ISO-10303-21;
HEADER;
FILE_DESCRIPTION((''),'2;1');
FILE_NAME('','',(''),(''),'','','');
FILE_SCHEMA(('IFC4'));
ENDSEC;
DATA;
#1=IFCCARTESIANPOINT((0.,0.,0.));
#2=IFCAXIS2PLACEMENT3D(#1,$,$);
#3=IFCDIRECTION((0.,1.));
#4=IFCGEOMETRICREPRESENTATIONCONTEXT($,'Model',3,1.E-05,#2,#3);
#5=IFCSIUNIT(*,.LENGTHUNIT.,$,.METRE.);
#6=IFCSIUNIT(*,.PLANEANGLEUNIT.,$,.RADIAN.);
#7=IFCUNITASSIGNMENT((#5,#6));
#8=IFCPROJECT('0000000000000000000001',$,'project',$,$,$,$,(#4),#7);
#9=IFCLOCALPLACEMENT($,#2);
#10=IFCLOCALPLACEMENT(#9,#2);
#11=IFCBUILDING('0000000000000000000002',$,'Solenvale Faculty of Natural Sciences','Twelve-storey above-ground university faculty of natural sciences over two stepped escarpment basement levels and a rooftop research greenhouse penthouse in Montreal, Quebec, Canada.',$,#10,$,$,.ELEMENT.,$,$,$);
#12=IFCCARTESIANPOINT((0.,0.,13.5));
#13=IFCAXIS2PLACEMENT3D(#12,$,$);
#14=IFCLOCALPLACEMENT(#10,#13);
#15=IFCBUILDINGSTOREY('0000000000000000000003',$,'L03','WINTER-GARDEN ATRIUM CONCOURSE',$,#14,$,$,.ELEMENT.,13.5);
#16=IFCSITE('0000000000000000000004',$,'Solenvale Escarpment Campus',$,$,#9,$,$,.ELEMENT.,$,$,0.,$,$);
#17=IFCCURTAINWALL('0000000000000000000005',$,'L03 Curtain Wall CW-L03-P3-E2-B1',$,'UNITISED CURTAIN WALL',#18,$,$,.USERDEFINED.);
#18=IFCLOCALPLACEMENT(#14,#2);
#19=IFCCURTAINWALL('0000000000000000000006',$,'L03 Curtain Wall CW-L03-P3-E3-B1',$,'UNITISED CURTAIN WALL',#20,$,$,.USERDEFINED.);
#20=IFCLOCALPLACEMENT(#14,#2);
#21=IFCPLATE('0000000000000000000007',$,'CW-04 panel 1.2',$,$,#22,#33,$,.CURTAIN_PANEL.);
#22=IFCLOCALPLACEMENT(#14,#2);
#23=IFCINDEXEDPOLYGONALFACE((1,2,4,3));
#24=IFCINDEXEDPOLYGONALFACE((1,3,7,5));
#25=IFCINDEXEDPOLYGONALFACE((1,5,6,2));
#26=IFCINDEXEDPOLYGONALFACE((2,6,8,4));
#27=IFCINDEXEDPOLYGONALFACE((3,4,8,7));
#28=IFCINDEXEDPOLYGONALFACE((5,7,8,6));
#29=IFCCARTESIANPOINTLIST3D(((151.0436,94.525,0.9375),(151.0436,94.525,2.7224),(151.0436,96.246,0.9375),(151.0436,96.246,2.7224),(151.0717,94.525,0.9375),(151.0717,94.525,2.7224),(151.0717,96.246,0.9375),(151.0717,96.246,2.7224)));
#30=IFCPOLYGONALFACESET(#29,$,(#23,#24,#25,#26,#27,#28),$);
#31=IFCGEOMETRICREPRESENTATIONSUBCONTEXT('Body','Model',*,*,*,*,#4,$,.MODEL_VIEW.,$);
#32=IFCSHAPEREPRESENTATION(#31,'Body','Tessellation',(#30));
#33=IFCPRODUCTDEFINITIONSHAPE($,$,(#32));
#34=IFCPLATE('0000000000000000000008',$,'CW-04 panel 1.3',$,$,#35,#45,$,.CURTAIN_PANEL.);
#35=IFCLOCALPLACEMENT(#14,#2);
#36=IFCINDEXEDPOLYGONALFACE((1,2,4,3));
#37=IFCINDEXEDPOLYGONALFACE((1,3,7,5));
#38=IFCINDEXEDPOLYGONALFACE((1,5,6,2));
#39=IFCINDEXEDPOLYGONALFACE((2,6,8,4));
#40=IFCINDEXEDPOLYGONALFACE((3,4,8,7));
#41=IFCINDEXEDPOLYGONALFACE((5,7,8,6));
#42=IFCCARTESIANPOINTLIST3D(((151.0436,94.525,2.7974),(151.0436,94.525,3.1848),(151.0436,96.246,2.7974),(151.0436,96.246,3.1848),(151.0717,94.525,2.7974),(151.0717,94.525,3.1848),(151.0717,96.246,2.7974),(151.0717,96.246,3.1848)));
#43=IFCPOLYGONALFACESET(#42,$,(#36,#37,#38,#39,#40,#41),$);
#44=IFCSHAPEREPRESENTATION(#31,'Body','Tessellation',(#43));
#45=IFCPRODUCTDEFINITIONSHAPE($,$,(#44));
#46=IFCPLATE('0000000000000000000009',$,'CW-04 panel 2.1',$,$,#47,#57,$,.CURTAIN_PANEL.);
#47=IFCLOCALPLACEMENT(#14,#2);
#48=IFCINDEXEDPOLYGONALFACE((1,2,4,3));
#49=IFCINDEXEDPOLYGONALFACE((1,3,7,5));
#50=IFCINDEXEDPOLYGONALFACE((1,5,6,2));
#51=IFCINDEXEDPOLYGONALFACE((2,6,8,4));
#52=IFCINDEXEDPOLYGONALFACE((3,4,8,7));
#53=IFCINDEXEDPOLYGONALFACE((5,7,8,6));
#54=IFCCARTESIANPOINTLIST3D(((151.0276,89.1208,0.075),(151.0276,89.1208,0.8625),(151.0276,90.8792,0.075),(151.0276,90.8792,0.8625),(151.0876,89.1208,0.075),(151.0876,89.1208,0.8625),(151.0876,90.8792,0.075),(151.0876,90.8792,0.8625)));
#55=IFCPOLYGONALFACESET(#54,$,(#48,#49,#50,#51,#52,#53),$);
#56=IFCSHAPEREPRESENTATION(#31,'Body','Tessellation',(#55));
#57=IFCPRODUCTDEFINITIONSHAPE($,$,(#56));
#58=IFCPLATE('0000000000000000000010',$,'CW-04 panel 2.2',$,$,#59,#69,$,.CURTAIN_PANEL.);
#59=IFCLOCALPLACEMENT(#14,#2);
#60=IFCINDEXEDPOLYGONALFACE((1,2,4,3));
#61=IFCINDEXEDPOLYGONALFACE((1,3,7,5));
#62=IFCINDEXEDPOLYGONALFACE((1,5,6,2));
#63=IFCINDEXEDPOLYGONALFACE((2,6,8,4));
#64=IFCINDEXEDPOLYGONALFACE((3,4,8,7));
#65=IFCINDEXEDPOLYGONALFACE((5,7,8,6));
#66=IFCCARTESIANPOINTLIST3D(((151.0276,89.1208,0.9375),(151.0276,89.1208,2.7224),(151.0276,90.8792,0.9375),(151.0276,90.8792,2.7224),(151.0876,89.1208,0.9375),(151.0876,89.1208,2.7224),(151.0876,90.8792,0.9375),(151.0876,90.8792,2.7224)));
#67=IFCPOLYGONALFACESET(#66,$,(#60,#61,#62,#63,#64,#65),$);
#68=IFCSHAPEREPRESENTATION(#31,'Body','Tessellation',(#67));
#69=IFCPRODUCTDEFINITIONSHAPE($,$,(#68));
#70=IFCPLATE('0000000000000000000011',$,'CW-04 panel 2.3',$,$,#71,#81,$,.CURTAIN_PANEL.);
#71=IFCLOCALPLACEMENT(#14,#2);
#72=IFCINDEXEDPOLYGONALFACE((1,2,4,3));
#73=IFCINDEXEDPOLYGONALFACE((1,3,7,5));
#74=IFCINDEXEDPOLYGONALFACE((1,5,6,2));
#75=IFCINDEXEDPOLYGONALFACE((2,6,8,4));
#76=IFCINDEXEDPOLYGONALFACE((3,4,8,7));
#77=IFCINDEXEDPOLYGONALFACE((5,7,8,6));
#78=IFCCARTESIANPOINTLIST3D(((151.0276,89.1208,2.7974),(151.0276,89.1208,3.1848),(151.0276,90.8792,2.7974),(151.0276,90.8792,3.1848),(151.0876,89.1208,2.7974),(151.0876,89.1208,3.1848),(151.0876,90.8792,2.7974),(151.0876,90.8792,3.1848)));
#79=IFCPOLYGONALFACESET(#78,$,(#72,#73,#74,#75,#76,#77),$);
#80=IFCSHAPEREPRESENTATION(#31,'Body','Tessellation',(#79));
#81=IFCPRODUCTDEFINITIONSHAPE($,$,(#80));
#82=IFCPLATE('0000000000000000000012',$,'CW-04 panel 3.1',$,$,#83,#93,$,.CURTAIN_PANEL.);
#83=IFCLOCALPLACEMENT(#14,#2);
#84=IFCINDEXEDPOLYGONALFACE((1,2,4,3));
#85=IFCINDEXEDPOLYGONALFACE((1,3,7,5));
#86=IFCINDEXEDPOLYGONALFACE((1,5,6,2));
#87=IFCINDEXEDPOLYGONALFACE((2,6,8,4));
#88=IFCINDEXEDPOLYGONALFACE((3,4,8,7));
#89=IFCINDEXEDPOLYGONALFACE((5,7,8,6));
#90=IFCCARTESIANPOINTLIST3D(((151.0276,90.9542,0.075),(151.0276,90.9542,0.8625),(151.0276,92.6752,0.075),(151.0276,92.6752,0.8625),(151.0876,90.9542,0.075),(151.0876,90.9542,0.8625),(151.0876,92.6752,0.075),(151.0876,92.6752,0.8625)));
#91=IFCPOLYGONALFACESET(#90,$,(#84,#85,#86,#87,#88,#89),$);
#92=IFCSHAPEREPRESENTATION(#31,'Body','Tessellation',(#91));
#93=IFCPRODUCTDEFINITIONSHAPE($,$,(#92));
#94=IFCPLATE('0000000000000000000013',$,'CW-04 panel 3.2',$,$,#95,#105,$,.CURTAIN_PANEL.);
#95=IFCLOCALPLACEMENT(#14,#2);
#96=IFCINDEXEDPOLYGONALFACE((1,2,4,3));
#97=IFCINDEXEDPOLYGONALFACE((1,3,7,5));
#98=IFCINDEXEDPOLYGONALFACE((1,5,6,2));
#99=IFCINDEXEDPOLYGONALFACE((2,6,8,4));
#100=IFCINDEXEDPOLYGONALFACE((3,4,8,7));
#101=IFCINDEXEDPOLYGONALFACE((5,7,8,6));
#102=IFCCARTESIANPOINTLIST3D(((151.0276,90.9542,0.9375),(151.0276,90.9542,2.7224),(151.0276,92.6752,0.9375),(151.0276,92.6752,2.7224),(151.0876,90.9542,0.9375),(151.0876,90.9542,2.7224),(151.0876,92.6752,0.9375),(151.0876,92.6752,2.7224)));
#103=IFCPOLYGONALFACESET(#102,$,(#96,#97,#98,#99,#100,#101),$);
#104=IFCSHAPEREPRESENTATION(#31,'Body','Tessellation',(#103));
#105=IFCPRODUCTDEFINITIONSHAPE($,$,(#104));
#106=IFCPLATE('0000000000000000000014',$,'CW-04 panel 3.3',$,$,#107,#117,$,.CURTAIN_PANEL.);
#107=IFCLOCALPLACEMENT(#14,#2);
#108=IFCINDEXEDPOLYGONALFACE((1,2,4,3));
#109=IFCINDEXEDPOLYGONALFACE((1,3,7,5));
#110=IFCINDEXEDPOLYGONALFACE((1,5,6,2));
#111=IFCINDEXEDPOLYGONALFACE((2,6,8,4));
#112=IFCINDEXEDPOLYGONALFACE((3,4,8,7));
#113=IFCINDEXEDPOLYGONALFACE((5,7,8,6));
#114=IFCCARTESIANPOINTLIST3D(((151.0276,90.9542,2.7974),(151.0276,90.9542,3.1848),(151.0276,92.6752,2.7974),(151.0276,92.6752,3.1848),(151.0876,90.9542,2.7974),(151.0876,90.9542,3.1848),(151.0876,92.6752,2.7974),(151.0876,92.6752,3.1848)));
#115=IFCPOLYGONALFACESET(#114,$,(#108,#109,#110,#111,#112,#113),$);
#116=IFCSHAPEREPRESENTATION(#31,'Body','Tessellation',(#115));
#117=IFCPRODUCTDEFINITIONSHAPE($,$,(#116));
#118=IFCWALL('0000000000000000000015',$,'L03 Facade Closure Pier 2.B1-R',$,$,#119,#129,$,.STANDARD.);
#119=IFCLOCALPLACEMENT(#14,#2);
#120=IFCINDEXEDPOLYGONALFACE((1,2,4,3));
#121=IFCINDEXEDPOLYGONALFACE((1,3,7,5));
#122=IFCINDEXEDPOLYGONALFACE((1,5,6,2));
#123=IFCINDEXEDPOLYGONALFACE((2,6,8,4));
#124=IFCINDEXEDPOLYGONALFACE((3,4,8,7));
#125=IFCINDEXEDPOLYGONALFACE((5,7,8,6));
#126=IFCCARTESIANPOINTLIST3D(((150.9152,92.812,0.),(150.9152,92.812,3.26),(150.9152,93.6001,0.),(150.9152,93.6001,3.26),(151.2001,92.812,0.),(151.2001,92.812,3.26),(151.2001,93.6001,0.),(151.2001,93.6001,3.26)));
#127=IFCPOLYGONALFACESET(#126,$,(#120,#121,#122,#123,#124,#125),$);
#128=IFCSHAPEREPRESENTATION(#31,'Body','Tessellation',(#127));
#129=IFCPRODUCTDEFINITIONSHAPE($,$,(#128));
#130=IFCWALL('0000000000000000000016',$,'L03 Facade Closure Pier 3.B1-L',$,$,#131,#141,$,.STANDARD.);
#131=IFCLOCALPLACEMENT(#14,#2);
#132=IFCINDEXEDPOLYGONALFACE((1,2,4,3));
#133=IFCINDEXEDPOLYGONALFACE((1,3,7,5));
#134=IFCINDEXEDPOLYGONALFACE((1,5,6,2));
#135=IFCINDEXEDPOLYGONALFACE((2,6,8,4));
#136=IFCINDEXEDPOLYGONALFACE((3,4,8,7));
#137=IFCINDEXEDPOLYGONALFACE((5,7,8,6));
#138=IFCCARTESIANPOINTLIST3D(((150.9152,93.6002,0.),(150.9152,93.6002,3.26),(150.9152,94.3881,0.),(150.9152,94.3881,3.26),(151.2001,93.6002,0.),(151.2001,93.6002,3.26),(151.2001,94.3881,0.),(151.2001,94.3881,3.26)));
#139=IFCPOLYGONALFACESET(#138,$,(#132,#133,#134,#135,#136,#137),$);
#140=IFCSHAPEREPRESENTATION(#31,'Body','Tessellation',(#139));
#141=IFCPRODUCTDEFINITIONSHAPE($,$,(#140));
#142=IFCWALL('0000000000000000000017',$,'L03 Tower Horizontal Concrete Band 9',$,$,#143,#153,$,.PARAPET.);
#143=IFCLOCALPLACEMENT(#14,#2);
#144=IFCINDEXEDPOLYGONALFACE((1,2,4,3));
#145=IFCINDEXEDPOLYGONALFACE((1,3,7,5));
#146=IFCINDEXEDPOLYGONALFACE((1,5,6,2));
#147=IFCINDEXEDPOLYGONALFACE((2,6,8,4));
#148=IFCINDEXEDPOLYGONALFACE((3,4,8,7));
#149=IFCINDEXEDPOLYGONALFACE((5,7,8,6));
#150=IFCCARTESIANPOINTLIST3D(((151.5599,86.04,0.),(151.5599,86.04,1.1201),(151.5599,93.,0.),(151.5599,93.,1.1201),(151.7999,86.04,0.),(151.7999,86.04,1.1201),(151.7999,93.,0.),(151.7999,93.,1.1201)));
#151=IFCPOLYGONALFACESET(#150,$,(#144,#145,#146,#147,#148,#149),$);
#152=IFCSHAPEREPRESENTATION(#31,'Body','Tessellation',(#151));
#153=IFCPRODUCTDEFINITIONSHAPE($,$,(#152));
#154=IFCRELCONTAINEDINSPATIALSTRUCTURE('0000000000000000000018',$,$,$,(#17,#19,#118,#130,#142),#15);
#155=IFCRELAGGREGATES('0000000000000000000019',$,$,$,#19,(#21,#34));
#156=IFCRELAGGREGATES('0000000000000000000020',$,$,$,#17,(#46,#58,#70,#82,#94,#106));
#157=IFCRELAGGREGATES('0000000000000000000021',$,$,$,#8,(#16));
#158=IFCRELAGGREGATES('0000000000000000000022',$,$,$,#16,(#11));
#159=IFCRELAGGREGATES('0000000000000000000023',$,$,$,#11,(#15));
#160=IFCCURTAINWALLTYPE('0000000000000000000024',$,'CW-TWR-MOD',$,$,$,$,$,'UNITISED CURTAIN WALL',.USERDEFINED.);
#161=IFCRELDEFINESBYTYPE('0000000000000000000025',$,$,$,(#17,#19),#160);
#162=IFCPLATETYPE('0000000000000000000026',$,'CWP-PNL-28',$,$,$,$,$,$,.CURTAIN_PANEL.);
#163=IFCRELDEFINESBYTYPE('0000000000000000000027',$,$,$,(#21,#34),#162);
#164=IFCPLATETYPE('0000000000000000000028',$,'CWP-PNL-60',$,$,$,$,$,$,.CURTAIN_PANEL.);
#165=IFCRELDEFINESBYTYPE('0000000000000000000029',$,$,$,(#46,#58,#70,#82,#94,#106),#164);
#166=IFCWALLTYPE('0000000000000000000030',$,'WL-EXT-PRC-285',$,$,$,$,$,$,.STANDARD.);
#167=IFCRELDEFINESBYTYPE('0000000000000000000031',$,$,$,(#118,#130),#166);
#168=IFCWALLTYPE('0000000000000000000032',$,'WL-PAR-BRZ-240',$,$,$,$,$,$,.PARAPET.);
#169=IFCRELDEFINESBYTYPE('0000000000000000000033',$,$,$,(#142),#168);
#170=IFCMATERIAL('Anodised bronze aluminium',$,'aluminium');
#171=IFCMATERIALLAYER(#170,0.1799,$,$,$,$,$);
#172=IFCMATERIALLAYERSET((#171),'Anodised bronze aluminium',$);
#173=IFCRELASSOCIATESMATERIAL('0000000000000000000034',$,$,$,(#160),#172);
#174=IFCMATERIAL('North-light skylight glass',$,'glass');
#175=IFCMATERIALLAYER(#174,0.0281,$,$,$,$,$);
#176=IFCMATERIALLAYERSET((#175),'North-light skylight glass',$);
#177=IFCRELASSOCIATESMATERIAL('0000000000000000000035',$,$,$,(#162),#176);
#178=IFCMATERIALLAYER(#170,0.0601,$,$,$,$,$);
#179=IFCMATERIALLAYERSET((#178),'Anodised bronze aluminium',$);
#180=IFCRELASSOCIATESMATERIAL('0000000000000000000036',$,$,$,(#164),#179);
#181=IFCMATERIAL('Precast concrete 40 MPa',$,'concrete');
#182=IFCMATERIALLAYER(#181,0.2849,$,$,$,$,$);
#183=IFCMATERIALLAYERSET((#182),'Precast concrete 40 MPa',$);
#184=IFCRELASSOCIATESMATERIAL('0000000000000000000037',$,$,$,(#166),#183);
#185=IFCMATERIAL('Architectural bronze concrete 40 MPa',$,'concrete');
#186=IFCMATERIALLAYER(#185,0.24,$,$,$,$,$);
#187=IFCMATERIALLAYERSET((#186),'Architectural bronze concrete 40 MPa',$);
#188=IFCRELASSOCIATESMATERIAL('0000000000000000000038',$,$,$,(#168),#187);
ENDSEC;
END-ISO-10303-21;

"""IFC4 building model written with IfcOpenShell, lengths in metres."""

from ifc_helpers import new_model, si_unit, direction, frame, frame_2d, origin, origin_2d, place, context, subcontext, project, spatial, rectangle, extrude, material, layer, layer_set, type_object, element, aggregate, save


model = new_model("IFC4")

# Units and contexts
model_context = context("Model", 3, precision=1e-05, world=origin(), true_north=direction((0.0, 1.0)))
body_context = subcontext(model_context, "Body", "Model", "MODEL_VIEW")
ifc_project = project(units=[si_unit("LENGTHUNIT", "METRE"), si_unit("PLANEANGLEUNIT", "RADIAN")], contexts=[model_context])

# Site, building, storey
site_placement = place(None, origin())
site = spatial("IfcSite", under=ifc_project, at=site_placement, Name="Solenvale Escarpment Campus", CompositionType="ELEMENT", RefElevation=0.0)
building_placement = place(site_placement, origin())
building = spatial("IfcBuilding", under=site, at=building_placement, Name="Solenvale Faculty of Natural Sciences", Description="Twelve-storey above-ground university faculty of natural sciences over two stepped escarpment basement levels and a rooftop research greenhouse penthouse in Montreal, Quebec, Canada.", CompositionType="ELEMENT")
storey_placement = place(building_placement, frame((0.0, 0.0, 13.5)))
storey = spatial("IfcBuildingStorey", under=building, at=storey_placement, Name="L03", Description="WINTER-GARDEN ATRIUM CONCOURSE", CompositionType="ELEMENT", Elevation=13.5)

# Curtain wall
ifc_material_1 = material(Name="Anodised bronze aluminium", Category="aluminium")
ifc_layer_1 = layer(ifc_material_1, 0.1799)
ifc_layer_set_1 = layer_set([ifc_layer_1], Name="Anodised bronze aluminium")
curtain_wall_type = type_object("IfcCurtainWallType", Name="CW-TWR-MOD", ElementType="UNITISED CURTAIN WALL", PredefinedType="USERDEFINED", material=ifc_layer_set_1)
curtain_wall_1_placement = place(storey_placement, origin())
curtain_wall_1 = element("IfcCurtainWall", 1, at=curtain_wall_1_placement, inside=storey, type_object=curtain_wall_type, Name="L03 Curtain Wall CW-L03-P3-E2-B1", ObjectType="UNITISED CURTAIN WALL", PredefinedType="USERDEFINED")

# Curtain wall
curtain_wall_2_placement = place(storey_placement, origin())
curtain_wall_2 = element("IfcCurtainWall", 2, at=curtain_wall_2_placement, inside=storey, type_object=curtain_wall_type, Name="L03 Curtain Wall CW-L03-P3-E3-B1", ObjectType="UNITISED CURTAIN WALL", PredefinedType="USERDEFINED")

# Plates
ifc_material_2 = material(Name="North-light skylight glass", Category="glass")
ifc_layer_2 = layer(ifc_material_2, 0.0281)
ifc_layer_set_2 = layer_set([ifc_layer_2], Name="North-light skylight glass")
plate_type_1 = type_object("IfcPlateType", Name="CWP-PNL-28", PredefinedType="CURTAIN_PANEL", material=ifc_layer_set_2)
plate_1_placement = place(storey_placement, frame((151.0576, 95.3855, 0.9375), z_axis=(0.0, 0.0, 1.0), x_axis=(0.0, 1.0, 0.0)))
plate_1 = element("IfcPlate", 3, at=plate_1_placement, type_object=plate_type_1, Name="CW-04 panel 1.2", PredefinedType="CURTAIN_PANEL", context=body_context, shape_type="SweptSolid", body=[
    extrude(rectangle(XDim=1.7209, YDim=0.0281, at=origin_2d()), origin(), (0.0, 0.0, 1.0), 1.7849),
])
plate_2_placement = place(storey_placement, frame((151.0576, 95.3855, 2.7974), z_axis=(0.0, 0.0, 1.0), x_axis=(0.0, 1.0, 0.0)))
plate_2 = element("IfcPlate", 4, at=plate_2_placement, type_object=plate_type_1, Name="CW-04 panel 1.3", PredefinedType="CURTAIN_PANEL", context=body_context, shape_type="SweptSolid", body=[
    extrude(rectangle(XDim=1.7209, YDim=0.0281, at=origin_2d()), origin(), (0.0, 0.0, 1.0), 0.3875),
])
aggregate(curtain_wall_2, [plate_1, plate_2])
ifc_layer_3 = layer(ifc_material_1, 0.0601)
ifc_layer_set_3 = layer_set([ifc_layer_3], Name="Anodised bronze aluminium")
plate_type_2 = type_object("IfcPlateType", Name="CWP-PNL-60", PredefinedType="CURTAIN_PANEL", material=ifc_layer_set_3)
plate_3_placement = place(storey_placement, frame((151.0576, 90.0, 0.075), z_axis=(0.0, 0.0, 1.0), x_axis=(0.0, 1.0, 0.0)))
plate_3 = element("IfcPlate", 5, at=plate_3_placement, type_object=plate_type_2, Name="CW-04 panel 2.1", PredefinedType="CURTAIN_PANEL", context=body_context, shape_type="SweptSolid", body=[
    extrude(rectangle(XDim=1.7583, YDim=0.0601, at=origin_2d()), origin(), (0.0, 0.0, 1.0), 0.7876),
])
plate_4_placement = place(storey_placement, frame((151.0576, 90.0, 0.9375), z_axis=(0.0, 0.0, 1.0), x_axis=(0.0, 1.0, 0.0)))
plate_4 = element("IfcPlate", 6, at=plate_4_placement, type_object=plate_type_2, Name="CW-04 panel 2.2", PredefinedType="CURTAIN_PANEL", context=body_context, shape_type="SweptSolid", body=[
    extrude(rectangle(XDim=1.7583, YDim=0.0601, at=origin_2d()), origin(), (0.0, 0.0, 1.0), 1.7849),
])
plate_5_placement = place(storey_placement, frame((151.0576, 90.0, 2.7974), z_axis=(0.0, 0.0, 1.0), x_axis=(0.0, 1.0, 0.0)))
plate_5 = element("IfcPlate", 7, at=plate_5_placement, type_object=plate_type_2, Name="CW-04 panel 2.3", PredefinedType="CURTAIN_PANEL", context=body_context, shape_type="SweptSolid", body=[
    extrude(rectangle(XDim=1.7583, YDim=0.0601, at=origin_2d()), origin(), (0.0, 0.0, 1.0), 0.3875),
])
plate_6_placement = place(storey_placement, frame((151.0576, 91.8147, 0.075), z_axis=(0.0, 0.0, 1.0), x_axis=(0.0, 1.0, 0.0)))
plate_6 = element("IfcPlate", 8, at=plate_6_placement, type_object=plate_type_2, Name="CW-04 panel 3.1", PredefinedType="CURTAIN_PANEL", context=body_context, shape_type="SweptSolid", body=[
    extrude(rectangle(XDim=1.7209, YDim=0.0601, at=origin_2d()), origin(), (0.0, 0.0, 1.0), 0.7876),
])
plate_7_placement = place(storey_placement, frame((151.0576, 91.8147, 0.9375), z_axis=(0.0, 0.0, 1.0), x_axis=(0.0, 1.0, 0.0)))
plate_7 = element("IfcPlate", 9, at=plate_7_placement, type_object=plate_type_2, Name="CW-04 panel 3.2", PredefinedType="CURTAIN_PANEL", context=body_context, shape_type="SweptSolid", body=[
    extrude(rectangle(XDim=1.7209, YDim=0.0601, at=origin_2d()), origin(), (0.0, 0.0, 1.0), 1.7849),
])
plate_8_placement = place(storey_placement, frame((151.0576, 91.8147, 2.7974), z_axis=(0.0, 0.0, 1.0), x_axis=(0.0, 1.0, 0.0)))
plate_8 = element("IfcPlate", 10, at=plate_8_placement, type_object=plate_type_2, Name="CW-04 panel 3.3", PredefinedType="CURTAIN_PANEL", context=body_context, shape_type="SweptSolid", body=[
    extrude(rectangle(XDim=1.7209, YDim=0.0601, at=origin_2d()), origin(), (0.0, 0.0, 1.0), 0.3875),
])
aggregate(curtain_wall_1, [plate_3, plate_4, plate_5, plate_6, plate_7, plate_8])

# Walls
ifc_material_3 = material(Name="Precast concrete 40 MPa", Category="concrete")
ifc_layer_4 = layer(ifc_material_3, 0.2849)
ifc_layer_set_4 = layer_set([ifc_layer_4], Name="Precast concrete 40 MPa")
wall_type_1 = type_object("IfcWallType", Name="WL-EXT-PRC-285", PredefinedType="STANDARD", material=ifc_layer_set_4)
wall_1_placement = place(storey_placement, frame((151.0576, 92.812, 0.0), z_axis=(0.0, 0.0, 1.0), x_axis=(0.0, 1.0, 0.0)))
element("IfcWall", 11, at=wall_1_placement, inside=storey, type_object=wall_type_1, Name="L03 Facade Closure Pier 2.B1-R", PredefinedType="STANDARD", context=body_context, shape_type="SweptSolid", body=[
    extrude(rectangle(XDim=0.7881, YDim=0.2849, at=frame_2d((0.394, 0.0))), origin(), (0.0, 0.0, 1.0), 3.26),
])
wall_2_placement = place(storey_placement, frame((151.0576, 93.6001, 0.0), z_axis=(0.0, 0.0, 1.0), x_axis=(0.0, 1.0, 0.0)))
element("IfcWall", 12, at=wall_2_placement, inside=storey, type_object=wall_type_1, Name="L03 Facade Closure Pier 3.B1-L", PredefinedType="STANDARD", context=body_context, shape_type="SweptSolid", body=[
    extrude(rectangle(XDim=0.7878, YDim=0.2849, at=frame_2d((0.394, 0.0))), origin(), (0.0, 0.0, 1.0), 3.26),
])
ifc_material_4 = material(Name="Architectural bronze concrete 40 MPa", Category="concrete")
ifc_layer_5 = layer(ifc_material_4, 0.24)
ifc_layer_set_5 = layer_set([ifc_layer_5], Name="Architectural bronze concrete 40 MPa")
wall_type_2 = type_object("IfcWallType", Name="WL-PAR-BRZ-240", PredefinedType="PARAPET", material=ifc_layer_set_5)
wall_3_placement = place(storey_placement, frame((151.6799, 93.0, 0.0), z_axis=(0.0, 0.0, 1.0), x_axis=(0.0, -1.0, 0.0)))
element("IfcWall", 13, at=wall_3_placement, inside=storey, type_object=wall_type_2, Name="L03 Tower Horizontal Concrete Band 9", PredefinedType="PARAPET", context=body_context, shape_type="SweptSolid", body=[
    extrude(rectangle(XDim=6.96, YDim=0.24, at=frame_2d((3.48, 0.0))), origin(), (0.0, 0.0, 1.0), 1.1201),
])

save(model, "model.ifc")
